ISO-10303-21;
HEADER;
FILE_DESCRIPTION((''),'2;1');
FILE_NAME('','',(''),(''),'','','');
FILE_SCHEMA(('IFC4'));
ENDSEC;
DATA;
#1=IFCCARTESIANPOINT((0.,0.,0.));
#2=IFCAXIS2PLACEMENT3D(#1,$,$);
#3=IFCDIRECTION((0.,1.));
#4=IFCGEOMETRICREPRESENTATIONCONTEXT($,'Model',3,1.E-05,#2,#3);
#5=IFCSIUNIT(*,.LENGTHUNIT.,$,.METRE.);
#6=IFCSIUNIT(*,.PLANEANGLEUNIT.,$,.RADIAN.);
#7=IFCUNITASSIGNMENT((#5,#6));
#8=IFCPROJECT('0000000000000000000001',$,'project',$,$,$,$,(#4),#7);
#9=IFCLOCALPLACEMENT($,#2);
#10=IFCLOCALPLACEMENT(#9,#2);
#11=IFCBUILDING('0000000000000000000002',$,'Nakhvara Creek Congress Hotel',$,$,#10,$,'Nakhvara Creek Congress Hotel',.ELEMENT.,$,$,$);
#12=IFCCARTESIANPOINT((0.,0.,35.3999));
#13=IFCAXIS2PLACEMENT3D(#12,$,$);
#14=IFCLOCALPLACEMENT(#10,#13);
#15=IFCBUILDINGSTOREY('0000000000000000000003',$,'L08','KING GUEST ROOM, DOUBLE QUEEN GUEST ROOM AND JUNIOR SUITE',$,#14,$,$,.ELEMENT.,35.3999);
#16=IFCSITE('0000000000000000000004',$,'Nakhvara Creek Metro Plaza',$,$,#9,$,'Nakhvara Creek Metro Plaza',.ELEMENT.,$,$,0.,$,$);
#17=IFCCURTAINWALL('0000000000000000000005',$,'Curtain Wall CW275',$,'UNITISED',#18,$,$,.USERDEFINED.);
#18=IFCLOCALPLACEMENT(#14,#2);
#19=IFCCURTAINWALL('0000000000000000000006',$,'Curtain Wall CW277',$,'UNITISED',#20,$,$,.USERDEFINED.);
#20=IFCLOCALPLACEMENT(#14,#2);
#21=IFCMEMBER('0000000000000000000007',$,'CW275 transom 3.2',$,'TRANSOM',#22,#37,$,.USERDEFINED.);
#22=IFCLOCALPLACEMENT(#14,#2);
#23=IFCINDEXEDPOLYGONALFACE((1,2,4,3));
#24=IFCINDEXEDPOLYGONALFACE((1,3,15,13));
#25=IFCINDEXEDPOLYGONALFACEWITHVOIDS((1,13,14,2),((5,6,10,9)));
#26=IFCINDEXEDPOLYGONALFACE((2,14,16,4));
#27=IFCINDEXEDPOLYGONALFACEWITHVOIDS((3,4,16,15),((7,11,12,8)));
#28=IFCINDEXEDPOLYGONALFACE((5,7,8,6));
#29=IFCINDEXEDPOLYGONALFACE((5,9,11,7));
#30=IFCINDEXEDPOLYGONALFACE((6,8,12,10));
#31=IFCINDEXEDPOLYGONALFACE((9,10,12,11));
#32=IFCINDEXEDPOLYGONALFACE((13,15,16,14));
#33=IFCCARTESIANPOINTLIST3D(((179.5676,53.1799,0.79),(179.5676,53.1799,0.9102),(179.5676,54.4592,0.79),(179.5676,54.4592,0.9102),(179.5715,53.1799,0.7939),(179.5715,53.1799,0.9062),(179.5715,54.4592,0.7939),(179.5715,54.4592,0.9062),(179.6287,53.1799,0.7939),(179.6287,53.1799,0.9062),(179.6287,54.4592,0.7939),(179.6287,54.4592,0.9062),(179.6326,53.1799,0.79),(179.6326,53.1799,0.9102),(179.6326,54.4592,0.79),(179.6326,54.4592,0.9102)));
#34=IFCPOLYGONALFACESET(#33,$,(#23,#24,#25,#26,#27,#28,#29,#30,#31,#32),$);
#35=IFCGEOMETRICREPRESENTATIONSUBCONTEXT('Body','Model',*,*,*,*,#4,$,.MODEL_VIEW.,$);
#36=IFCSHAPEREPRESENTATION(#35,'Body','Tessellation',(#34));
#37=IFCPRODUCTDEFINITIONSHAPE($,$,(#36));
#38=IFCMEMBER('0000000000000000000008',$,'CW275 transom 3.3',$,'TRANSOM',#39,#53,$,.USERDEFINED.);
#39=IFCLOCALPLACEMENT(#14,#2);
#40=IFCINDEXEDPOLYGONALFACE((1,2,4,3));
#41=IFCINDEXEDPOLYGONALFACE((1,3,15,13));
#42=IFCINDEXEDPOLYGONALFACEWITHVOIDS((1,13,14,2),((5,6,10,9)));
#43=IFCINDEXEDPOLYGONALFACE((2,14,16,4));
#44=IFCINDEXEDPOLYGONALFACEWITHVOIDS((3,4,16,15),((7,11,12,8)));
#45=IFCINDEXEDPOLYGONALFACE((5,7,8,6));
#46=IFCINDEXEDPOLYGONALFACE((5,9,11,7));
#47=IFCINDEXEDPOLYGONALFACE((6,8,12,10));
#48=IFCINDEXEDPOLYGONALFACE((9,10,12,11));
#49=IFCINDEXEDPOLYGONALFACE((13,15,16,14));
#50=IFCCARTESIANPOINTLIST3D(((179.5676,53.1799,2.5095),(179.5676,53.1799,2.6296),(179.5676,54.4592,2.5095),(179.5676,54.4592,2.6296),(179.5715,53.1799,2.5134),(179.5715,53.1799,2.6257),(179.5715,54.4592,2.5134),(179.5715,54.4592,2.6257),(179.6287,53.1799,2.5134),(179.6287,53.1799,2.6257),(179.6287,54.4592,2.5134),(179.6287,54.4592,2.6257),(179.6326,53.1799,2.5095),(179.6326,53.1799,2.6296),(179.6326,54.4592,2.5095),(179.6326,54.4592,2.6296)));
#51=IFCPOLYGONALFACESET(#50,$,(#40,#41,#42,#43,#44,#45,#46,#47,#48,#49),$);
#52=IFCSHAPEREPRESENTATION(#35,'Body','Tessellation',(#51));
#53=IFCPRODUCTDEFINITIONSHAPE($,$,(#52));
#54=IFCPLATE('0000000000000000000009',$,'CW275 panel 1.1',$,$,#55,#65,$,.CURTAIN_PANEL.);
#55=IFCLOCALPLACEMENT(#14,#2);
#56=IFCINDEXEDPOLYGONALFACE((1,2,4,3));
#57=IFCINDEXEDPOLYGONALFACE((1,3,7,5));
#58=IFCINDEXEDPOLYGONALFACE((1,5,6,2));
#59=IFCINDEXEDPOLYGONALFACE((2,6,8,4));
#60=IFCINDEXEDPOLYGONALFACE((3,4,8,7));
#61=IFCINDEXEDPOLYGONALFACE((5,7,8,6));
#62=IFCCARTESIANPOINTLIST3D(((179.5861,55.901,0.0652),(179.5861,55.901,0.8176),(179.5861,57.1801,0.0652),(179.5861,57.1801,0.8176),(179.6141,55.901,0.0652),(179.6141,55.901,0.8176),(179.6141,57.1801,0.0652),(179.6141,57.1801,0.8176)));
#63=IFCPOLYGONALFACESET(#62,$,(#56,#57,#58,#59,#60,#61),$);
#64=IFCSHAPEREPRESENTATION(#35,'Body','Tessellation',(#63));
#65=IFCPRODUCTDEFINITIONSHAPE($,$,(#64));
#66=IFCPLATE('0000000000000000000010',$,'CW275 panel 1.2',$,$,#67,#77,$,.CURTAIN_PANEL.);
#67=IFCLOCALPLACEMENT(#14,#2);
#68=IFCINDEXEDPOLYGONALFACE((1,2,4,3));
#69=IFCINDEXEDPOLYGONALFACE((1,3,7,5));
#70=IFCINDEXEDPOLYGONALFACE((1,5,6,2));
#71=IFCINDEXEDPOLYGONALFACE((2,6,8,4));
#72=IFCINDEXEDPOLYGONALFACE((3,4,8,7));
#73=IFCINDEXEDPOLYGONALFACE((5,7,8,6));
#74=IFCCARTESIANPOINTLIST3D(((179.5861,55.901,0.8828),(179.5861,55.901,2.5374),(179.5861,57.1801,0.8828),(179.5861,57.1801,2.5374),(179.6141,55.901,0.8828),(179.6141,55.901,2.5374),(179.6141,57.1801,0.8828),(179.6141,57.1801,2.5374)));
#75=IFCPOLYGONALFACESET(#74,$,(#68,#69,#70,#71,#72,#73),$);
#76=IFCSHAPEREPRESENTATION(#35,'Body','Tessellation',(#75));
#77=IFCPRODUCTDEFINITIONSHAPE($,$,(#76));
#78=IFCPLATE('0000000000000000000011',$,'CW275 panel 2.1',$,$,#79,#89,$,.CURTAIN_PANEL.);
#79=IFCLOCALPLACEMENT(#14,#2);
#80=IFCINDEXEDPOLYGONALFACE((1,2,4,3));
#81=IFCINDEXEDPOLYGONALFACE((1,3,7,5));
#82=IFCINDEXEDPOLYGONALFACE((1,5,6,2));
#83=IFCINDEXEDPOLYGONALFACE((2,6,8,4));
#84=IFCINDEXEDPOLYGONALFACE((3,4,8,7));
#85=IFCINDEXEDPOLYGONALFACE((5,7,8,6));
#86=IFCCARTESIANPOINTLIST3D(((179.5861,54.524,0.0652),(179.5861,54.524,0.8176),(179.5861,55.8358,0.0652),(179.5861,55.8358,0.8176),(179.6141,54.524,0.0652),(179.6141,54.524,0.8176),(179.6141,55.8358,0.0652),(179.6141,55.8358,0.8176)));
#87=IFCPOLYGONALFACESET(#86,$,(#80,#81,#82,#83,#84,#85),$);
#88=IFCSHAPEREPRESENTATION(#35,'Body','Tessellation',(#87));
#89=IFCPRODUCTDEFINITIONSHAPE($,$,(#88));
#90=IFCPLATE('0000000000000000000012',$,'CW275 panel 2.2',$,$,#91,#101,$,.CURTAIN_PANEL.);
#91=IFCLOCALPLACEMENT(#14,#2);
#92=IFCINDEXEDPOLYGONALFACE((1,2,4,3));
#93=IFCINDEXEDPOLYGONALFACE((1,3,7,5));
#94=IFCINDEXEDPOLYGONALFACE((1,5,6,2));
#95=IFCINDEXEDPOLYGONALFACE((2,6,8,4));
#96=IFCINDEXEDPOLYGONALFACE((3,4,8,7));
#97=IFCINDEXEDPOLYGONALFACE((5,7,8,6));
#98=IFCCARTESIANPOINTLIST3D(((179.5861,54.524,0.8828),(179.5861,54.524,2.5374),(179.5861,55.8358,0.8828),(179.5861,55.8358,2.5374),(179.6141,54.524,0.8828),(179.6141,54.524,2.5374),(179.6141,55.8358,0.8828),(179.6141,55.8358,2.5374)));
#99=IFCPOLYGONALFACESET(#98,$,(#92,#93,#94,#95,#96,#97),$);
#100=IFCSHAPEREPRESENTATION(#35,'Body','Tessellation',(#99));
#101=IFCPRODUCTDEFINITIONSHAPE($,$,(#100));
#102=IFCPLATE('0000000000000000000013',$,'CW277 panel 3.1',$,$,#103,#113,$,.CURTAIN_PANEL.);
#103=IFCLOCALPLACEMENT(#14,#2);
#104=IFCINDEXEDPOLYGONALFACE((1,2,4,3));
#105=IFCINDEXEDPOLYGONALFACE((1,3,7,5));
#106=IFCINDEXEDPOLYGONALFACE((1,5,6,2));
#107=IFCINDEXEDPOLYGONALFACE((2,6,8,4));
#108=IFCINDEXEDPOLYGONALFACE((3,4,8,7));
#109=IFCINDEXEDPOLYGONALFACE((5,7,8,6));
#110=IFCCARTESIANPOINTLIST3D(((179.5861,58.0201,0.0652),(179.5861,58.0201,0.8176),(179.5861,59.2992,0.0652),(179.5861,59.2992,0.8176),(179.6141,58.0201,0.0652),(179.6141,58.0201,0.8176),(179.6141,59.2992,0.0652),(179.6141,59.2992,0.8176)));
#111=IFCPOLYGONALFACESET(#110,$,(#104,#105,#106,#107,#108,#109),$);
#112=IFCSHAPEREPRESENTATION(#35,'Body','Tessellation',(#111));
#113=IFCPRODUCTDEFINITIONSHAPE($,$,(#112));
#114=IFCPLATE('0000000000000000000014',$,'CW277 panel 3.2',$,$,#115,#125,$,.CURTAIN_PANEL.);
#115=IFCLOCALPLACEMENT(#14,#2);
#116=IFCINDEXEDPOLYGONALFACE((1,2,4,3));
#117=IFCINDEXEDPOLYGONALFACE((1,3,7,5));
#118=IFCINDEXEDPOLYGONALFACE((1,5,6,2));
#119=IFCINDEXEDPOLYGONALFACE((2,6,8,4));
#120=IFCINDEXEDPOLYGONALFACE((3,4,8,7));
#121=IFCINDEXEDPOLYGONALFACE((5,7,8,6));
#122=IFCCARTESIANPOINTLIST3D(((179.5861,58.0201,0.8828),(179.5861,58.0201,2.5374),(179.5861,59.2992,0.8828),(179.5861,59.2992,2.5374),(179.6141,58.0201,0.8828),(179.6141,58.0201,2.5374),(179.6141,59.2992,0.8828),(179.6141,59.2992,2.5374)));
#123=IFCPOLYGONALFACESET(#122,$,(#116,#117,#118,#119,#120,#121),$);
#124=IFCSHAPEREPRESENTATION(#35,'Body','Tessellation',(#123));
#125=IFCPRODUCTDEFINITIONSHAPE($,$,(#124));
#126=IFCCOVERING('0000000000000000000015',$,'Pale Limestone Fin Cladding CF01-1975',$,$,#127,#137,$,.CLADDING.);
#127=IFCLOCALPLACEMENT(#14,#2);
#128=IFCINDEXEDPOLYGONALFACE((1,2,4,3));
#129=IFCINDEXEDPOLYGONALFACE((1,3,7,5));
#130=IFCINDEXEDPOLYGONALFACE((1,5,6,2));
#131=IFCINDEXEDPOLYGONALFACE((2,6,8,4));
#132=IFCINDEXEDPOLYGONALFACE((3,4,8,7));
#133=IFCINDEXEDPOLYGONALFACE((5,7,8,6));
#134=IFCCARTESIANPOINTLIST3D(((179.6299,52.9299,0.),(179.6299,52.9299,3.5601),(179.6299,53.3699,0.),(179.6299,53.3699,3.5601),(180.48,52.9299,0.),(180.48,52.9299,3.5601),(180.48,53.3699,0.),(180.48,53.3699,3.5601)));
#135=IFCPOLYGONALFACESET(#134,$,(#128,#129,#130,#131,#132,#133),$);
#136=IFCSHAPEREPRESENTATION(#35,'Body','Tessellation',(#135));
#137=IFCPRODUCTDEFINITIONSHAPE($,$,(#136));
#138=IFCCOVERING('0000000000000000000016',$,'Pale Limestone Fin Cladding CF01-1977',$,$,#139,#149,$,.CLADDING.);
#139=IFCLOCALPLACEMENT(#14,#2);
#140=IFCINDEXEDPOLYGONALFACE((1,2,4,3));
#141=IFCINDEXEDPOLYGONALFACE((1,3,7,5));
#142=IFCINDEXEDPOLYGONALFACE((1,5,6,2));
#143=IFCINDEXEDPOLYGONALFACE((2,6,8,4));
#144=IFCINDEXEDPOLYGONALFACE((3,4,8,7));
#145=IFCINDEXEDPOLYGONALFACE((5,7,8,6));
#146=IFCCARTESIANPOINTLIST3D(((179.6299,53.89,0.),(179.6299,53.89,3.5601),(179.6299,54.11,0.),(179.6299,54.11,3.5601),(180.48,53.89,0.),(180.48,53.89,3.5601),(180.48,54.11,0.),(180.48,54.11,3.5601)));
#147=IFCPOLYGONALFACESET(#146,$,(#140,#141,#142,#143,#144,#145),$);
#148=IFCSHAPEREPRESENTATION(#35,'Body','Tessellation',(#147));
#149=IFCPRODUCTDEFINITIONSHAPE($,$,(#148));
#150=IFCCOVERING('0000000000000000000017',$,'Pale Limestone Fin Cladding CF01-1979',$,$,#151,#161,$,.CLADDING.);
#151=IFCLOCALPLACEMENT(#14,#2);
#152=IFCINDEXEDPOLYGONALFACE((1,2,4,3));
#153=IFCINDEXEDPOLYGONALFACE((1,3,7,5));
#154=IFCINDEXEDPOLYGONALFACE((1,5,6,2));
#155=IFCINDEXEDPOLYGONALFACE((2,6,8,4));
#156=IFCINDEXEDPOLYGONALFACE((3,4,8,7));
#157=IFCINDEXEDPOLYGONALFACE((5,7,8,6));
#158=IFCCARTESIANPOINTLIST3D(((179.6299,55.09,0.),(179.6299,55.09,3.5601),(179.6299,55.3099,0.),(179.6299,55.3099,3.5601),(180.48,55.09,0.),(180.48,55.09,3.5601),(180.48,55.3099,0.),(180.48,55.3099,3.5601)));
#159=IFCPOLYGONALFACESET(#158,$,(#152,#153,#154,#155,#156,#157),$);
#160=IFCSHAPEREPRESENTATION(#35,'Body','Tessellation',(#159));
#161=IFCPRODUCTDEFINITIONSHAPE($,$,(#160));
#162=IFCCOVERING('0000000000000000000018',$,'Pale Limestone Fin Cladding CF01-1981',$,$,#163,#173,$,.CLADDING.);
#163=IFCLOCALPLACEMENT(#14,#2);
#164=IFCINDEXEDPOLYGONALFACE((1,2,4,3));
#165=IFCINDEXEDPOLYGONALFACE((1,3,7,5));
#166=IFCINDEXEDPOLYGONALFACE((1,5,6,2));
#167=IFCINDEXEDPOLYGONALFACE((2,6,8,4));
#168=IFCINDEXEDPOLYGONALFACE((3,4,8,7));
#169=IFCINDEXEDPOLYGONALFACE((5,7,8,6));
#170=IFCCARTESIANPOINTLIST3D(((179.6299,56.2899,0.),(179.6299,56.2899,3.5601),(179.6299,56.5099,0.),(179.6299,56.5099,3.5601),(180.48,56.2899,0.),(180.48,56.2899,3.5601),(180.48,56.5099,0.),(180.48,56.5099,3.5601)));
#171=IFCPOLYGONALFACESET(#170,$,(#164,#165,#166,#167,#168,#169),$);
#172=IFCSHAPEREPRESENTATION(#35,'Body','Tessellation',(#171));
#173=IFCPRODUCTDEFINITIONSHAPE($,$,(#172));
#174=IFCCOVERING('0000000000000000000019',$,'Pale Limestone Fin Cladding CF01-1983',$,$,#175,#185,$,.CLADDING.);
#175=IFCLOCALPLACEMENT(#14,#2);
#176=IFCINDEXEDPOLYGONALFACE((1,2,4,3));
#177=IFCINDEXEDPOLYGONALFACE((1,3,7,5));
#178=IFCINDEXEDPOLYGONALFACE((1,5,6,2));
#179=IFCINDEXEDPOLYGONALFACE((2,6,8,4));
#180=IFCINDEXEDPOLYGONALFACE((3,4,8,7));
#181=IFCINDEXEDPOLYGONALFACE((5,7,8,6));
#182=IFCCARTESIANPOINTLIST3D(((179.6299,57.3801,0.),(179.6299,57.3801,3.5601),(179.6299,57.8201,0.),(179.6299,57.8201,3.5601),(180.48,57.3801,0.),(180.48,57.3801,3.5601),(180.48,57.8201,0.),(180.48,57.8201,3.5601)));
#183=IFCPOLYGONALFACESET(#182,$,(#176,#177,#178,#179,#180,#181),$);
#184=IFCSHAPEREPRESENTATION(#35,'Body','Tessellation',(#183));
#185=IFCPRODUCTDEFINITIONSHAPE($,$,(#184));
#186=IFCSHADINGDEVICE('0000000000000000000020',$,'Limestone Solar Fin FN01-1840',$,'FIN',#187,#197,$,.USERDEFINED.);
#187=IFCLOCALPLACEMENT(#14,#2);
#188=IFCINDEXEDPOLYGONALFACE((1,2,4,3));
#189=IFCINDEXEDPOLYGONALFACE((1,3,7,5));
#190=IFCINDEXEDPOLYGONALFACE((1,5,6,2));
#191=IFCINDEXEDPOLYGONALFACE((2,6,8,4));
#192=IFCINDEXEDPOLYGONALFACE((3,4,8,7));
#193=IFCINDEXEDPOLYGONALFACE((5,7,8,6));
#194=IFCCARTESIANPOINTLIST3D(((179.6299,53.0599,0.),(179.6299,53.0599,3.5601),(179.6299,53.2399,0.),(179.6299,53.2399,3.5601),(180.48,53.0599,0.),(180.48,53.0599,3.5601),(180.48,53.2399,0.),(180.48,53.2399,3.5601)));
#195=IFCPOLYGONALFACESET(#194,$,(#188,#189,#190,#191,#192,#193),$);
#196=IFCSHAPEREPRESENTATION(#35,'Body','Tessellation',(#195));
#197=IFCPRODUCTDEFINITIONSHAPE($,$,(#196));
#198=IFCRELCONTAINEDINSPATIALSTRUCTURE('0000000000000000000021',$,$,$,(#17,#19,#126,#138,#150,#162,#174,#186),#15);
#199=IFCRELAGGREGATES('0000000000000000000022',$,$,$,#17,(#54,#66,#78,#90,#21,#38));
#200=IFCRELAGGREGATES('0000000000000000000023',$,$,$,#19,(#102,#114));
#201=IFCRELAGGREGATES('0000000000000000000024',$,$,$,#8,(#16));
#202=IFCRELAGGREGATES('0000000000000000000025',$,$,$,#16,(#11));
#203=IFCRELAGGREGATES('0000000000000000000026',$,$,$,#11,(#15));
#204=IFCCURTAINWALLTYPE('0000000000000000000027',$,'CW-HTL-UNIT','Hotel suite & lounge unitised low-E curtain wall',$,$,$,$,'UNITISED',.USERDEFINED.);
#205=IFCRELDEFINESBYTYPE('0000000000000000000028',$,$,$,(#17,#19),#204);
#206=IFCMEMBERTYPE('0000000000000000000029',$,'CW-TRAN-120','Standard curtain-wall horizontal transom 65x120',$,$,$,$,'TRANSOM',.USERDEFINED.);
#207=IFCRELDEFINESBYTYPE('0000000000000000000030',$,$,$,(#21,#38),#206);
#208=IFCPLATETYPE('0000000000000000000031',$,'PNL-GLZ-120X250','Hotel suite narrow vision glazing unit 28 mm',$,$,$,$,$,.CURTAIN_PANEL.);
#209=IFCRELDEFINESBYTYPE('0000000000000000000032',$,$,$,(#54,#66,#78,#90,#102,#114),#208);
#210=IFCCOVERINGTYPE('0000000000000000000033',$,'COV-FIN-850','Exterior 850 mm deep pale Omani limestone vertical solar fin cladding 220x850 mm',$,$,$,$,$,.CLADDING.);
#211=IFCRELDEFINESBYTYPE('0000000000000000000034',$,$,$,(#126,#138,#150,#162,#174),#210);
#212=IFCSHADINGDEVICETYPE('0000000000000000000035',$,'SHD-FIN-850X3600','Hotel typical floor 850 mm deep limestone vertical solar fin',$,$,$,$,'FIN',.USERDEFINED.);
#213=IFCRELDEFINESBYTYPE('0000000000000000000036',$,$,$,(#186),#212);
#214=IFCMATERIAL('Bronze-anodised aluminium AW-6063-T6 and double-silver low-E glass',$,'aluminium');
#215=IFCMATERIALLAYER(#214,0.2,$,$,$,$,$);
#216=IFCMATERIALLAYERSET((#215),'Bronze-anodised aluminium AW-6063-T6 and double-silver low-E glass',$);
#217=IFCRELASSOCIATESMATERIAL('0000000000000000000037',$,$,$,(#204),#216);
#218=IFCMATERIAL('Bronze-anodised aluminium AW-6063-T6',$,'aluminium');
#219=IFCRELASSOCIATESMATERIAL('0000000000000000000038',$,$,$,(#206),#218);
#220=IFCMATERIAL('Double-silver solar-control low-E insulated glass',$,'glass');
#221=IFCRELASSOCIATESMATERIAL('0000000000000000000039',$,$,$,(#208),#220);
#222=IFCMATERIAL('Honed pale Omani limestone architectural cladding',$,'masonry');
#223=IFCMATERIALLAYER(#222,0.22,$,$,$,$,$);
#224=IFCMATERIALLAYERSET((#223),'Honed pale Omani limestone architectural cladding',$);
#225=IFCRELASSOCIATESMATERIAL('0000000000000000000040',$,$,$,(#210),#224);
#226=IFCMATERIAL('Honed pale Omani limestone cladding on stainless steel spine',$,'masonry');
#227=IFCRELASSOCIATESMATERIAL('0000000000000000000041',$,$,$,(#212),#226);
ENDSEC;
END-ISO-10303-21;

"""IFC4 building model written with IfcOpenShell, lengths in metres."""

from ifc_helpers import new_model, si_unit, direction, frame, origin, origin_2d, place, context, subcontext, project, spatial, rectangle, hollow_rectangle, extrude, material, layer, layer_set, material_profile, profile_set, type_object, element, aggregate, save


model = new_model("IFC4")

# Units and contexts
model_context = context("Model", 3, precision=1e-05, world=origin(), true_north=direction((0.0, 1.0)))
body_context = subcontext(model_context, "Body", "Model", "MODEL_VIEW")
ifc_project = project(units=[si_unit("LENGTHUNIT", "METRE"), si_unit("PLANEANGLEUNIT", "RADIAN")], contexts=[model_context])

# Site, building, storey
site_placement = place(None, origin())
site = spatial("IfcSite", under=ifc_project, at=site_placement, Name="Nakhvara Creek Metro Plaza", LongName="Nakhvara Creek Metro Plaza", CompositionType="ELEMENT", RefElevation=0.0)
building_placement = place(site_placement, origin())
building = spatial("IfcBuilding", under=site, at=building_placement, Name="Nakhvara Creek Congress Hotel", LongName="Nakhvara Creek Congress Hotel", CompositionType="ELEMENT")
storey_placement = place(building_placement, frame((0.0, 0.0, 35.3999)))
storey = spatial("IfcBuildingStorey", under=building, at=storey_placement, Name="L08", Description="KING GUEST ROOM, DOUBLE QUEEN GUEST ROOM AND JUNIOR SUITE", CompositionType="ELEMENT", Elevation=35.3999)

# Curtain wall
ifc_material_1 = material(Name="Bronze-anodised aluminium AW-6063-T6 and double-silver low-E glass", Category="aluminium")
ifc_layer_1 = layer(ifc_material_1, 0.2)
ifc_layer_set_1 = layer_set([ifc_layer_1], Name="Bronze-anodised aluminium AW-6063-T6 and double-silver low-E glass")
curtain_wall_type = type_object("IfcCurtainWallType", Name="CW-HTL-UNIT", Description="Hotel suite & lounge unitised low-E curtain wall", ElementType="UNITISED", PredefinedType="USERDEFINED", material=ifc_layer_set_1)
curtain_wall_1_placement = place(storey_placement, origin())
curtain_wall_1 = element("IfcCurtainWall", 1, at=curtain_wall_1_placement, inside=storey, type_object=curtain_wall_type, Name="Curtain Wall CW275", ObjectType="UNITISED", PredefinedType="USERDEFINED")
ifc_material_2 = material(Name="Bronze-anodised aluminium AW-6063-T6", Category="aluminium")

# Curtain wall
curtain_wall_2_placement = place(storey_placement, origin())
curtain_wall_2 = element("IfcCurtainWall", 2, at=curtain_wall_2_placement, inside=storey, type_object=curtain_wall_type, Name="Curtain Wall CW277", ObjectType="UNITISED", PredefinedType="USERDEFINED")

# Members
ifc_material_profile_1 = material_profile(ifc_material_2, hollow_rectangle(XDim=0.0649, YDim=0.1201, WallThickness=0.0039, at=origin_2d()), Name="ALU-TRAN 65x120x4", Category="LoadBearing")
ifc_profile_set_1 = profile_set([ifc_material_profile_1], Name="Bronze-anodised aluminium AW-6063-T6")
member_type_1 = type_object("IfcMemberType", Name="CW-TRAN-120", Description="Standard curtain-wall horizontal transom 65x120", ElementType="TRANSOM", PredefinedType="USERDEFINED", material=ifc_profile_set_1)
member_1_placement = place(storey_placement, frame((179.6001, 54.4592, 0.8501), z_axis=(0.0, -1.0, 0.0), x_axis=(1.0, 0.0, 0.0)))
member_1 = element("IfcMember", 3, at=member_1_placement, type_object=member_type_1, Name="CW275 transom 3.2", ObjectType="TRANSOM", PredefinedType="USERDEFINED", context=body_context, shape_type="SweptSolid", body=[
    extrude(hollow_rectangle(XDim=0.0649, YDim=0.1201, WallThickness=0.0039, at=origin_2d()), origin(), (0.0, 0.0, 1.0), 1.2793),
])
member_2_placement = place(storey_placement, frame((179.6001, 54.4592, 2.5696), z_axis=(0.0, -1.0, 0.0), x_axis=(1.0, 0.0, 0.0)))
member_2 = element("IfcMember", 4, at=member_2_placement, type_object=member_type_1, Name="CW275 transom 3.3", ObjectType="TRANSOM", PredefinedType="USERDEFINED", context=body_context, shape_type="SweptSolid", body=[
    extrude(hollow_rectangle(XDim=0.0649, YDim=0.1201, WallThickness=0.0039, at=origin_2d()), origin(), (0.0, 0.0, 1.0), 1.2793),
])

# Plates
ifc_material_3 = material(Name="Double-silver solar-control low-E insulated glass", Category="glass")
plate_type = type_object("IfcPlateType", Name="PNL-GLZ-120X250", Description="Hotel suite narrow vision glazing unit 28 mm", PredefinedType="CURTAIN_PANEL", material=ifc_material_3)
plate_1_placement = place(storey_placement, frame((179.6001, 56.5405, 0.0652), z_axis=(0.0, 0.0, 1.0), x_axis=(0.0, -1.0, 0.0)))
plate_1 = element("IfcPlate", 5, at=plate_1_placement, type_object=plate_type, Name="CW275 panel 1.1", PredefinedType="CURTAIN_PANEL", context=body_context, shape_type="SweptSolid", body=[
    extrude(rectangle(XDim=1.2791, YDim=0.0281, at=origin_2d()), origin(), (0.0, 0.0, 1.0), 0.7524),
])
plate_2_placement = place(storey_placement, frame((179.6001, 56.5405, 0.8828), z_axis=(0.0, 0.0, 1.0), x_axis=(0.0, -1.0, 0.0)))
plate_2 = element("IfcPlate", 6, at=plate_2_placement, type_object=plate_type, Name="CW275 panel 1.2", PredefinedType="CURTAIN_PANEL", context=body_context, shape_type="SweptSolid", body=[
    extrude(rectangle(XDim=1.2791, YDim=0.0281, at=origin_2d()), origin(), (0.0, 0.0, 1.0), 1.6545),
])
plate_3_placement = place(storey_placement, frame((179.6001, 55.1799, 0.0652), z_axis=(0.0, 0.0, 1.0), x_axis=(0.0, -1.0, 0.0)))
plate_3 = element("IfcPlate", 7, at=plate_3_placement, type_object=plate_type, Name="CW275 panel 2.1", PredefinedType="CURTAIN_PANEL", context=body_context, shape_type="SweptSolid", body=[
    extrude(rectangle(XDim=1.3118, YDim=0.0281, at=origin_2d()), origin(), (0.0, 0.0, 1.0), 0.7524),
])
plate_4_placement = place(storey_placement, frame((179.6001, 55.1799, 0.8828), z_axis=(0.0, 0.0, 1.0), x_axis=(0.0, -1.0, 0.0)))
plate_4 = element("IfcPlate", 8, at=plate_4_placement, type_object=plate_type, Name="CW275 panel 2.2", PredefinedType="CURTAIN_PANEL", context=body_context, shape_type="SweptSolid", body=[
    extrude(rectangle(XDim=1.3118, YDim=0.0281, at=origin_2d()), origin(), (0.0, 0.0, 1.0), 1.6545),
])
aggregate(curtain_wall_1, [plate_1, plate_2, plate_3, plate_4, member_1, member_2])
plate_5_placement = place(storey_placement, frame((179.6001, 58.6597, 0.0652), z_axis=(0.0, 0.0, 1.0), x_axis=(0.0, -1.0, 0.0)))
plate_5 = element("IfcPlate", 9, at=plate_5_placement, type_object=plate_type, Name="CW277 panel 3.1", PredefinedType="CURTAIN_PANEL", context=body_context, shape_type="SweptSolid", body=[
    extrude(rectangle(XDim=1.2791, YDim=0.0281, at=origin_2d()), origin(), (0.0, 0.0, 1.0), 0.7524),
])
plate_6_placement = place(storey_placement, frame((179.6001, 58.6597, 0.8828), z_axis=(0.0, 0.0, 1.0), x_axis=(0.0, -1.0, 0.0)))
plate_6 = element("IfcPlate", 10, at=plate_6_placement, type_object=plate_type, Name="CW277 panel 3.2", PredefinedType="CURTAIN_PANEL", context=body_context, shape_type="SweptSolid", body=[
    extrude(rectangle(XDim=1.2791, YDim=0.0281, at=origin_2d()), origin(), (0.0, 0.0, 1.0), 1.6545),
])
aggregate(curtain_wall_2, [plate_5, plate_6])

# Coverings
ifc_material_4 = material(Name="Honed pale Omani limestone architectural cladding", Category="masonry")
ifc_layer_2 = layer(ifc_material_4, 0.22)
ifc_layer_set_2 = layer_set([ifc_layer_2], Name="Honed pale Omani limestone architectural cladding")
covering_type = type_object("IfcCoveringType", Name="COV-FIN-850", Description="Exterior 850 mm deep pale Omani limestone vertical solar fin cladding 220x850 mm", PredefinedType="CLADDING", material=ifc_layer_set_2)
covering_1_placement = place(storey_placement, frame((180.0549, 53.1499, 0.0), z_axis=(0.0, 0.0, 1.0), x_axis=(0.0, 1.0, 0.0)))
element("IfcCovering", 11, at=covering_1_placement, inside=storey, type_object=covering_type, Name="Pale Limestone Fin Cladding CF01-1975", PredefinedType="CLADDING", context=body_context, shape_type="SweptSolid", body=[
    extrude(rectangle(XDim=0.4399, YDim=0.8501, at=origin_2d()), origin(), (0.0, 0.0, 1.0), 3.5601),
])
for number, where, z_axis, x_axis, name in (
    (12, (180.0549, 54.0, 0.0), (0.0, 0.0, 1.0), (0.0, 1.0, 0.0), "Pale Limestone Fin Cladding CF01-1977"),
    (13, (180.0549, 55.2, 0.0), (0.0, 0.0, 1.0), (0.0, 1.0, 0.0), "Pale Limestone Fin Cladding CF01-1979"),
    (14, (180.0549, 56.3999, 0.0), (0.0, 0.0, 1.0), (0.0, 1.0, 0.0), "Pale Limestone Fin Cladding CF01-1981"),
):
    element("IfcCovering", number, at=place(storey_placement, frame(where, z_axis=z_axis, x_axis=x_axis)), inside=storey, type_object=covering_type, Name=name, PredefinedType="CLADDING", context=body_context, shape_type="SweptSolid", body=[
        extrude(rectangle(XDim=0.22, YDim=0.8501, at=origin_2d()), origin(), (0.0, 0.0, 1.0), 3.5601),
    ])
covering_2_placement = place(storey_placement, frame((180.0549, 57.6001, 0.0), z_axis=(0.0, 0.0, 1.0), x_axis=(0.0, 1.0, 0.0)))
element("IfcCovering", 15, at=covering_2_placement, inside=storey, type_object=covering_type, Name="Pale Limestone Fin Cladding CF01-1983", PredefinedType="CLADDING", context=body_context, shape_type="SweptSolid", body=[
    extrude(rectangle(XDim=0.4399, YDim=0.8501, at=origin_2d()), origin(), (0.0, 0.0, 1.0), 3.5601),
])

# Shading device
ifc_material_5 = material(Name="Honed pale Omani limestone cladding on stainless steel spine", Category="masonry")
shading_device_type = type_object("IfcShadingDeviceType", Name="SHD-FIN-850X3600", Description="Hotel typical floor 850 mm deep limestone vertical solar fin", ElementType="FIN", PredefinedType="USERDEFINED", material=ifc_material_5)
for number, where, z_axis, x_axis, name in (
    (16, (180.0549, 53.1499, 0.0), (0.0, 0.0, 1.0), (0.0, 1.0, 0.0), "Limestone Solar Fin FN01-1840"),
):
    element("IfcShadingDevice", number, at=place(storey_placement, frame(where, z_axis=z_axis, x_axis=x_axis)), inside=storey, type_object=shading_device_type, Name=name, ObjectType="FIN", PredefinedType="USERDEFINED", context=body_context, shape_type="SweptSolid", body=[
        extrude(rectangle(XDim=0.1799, YDim=0.8501, at=origin_2d()), origin(), (0.0, 0.0, 1.0), 3.5601),
    ])

save(model, "model.ifc")
